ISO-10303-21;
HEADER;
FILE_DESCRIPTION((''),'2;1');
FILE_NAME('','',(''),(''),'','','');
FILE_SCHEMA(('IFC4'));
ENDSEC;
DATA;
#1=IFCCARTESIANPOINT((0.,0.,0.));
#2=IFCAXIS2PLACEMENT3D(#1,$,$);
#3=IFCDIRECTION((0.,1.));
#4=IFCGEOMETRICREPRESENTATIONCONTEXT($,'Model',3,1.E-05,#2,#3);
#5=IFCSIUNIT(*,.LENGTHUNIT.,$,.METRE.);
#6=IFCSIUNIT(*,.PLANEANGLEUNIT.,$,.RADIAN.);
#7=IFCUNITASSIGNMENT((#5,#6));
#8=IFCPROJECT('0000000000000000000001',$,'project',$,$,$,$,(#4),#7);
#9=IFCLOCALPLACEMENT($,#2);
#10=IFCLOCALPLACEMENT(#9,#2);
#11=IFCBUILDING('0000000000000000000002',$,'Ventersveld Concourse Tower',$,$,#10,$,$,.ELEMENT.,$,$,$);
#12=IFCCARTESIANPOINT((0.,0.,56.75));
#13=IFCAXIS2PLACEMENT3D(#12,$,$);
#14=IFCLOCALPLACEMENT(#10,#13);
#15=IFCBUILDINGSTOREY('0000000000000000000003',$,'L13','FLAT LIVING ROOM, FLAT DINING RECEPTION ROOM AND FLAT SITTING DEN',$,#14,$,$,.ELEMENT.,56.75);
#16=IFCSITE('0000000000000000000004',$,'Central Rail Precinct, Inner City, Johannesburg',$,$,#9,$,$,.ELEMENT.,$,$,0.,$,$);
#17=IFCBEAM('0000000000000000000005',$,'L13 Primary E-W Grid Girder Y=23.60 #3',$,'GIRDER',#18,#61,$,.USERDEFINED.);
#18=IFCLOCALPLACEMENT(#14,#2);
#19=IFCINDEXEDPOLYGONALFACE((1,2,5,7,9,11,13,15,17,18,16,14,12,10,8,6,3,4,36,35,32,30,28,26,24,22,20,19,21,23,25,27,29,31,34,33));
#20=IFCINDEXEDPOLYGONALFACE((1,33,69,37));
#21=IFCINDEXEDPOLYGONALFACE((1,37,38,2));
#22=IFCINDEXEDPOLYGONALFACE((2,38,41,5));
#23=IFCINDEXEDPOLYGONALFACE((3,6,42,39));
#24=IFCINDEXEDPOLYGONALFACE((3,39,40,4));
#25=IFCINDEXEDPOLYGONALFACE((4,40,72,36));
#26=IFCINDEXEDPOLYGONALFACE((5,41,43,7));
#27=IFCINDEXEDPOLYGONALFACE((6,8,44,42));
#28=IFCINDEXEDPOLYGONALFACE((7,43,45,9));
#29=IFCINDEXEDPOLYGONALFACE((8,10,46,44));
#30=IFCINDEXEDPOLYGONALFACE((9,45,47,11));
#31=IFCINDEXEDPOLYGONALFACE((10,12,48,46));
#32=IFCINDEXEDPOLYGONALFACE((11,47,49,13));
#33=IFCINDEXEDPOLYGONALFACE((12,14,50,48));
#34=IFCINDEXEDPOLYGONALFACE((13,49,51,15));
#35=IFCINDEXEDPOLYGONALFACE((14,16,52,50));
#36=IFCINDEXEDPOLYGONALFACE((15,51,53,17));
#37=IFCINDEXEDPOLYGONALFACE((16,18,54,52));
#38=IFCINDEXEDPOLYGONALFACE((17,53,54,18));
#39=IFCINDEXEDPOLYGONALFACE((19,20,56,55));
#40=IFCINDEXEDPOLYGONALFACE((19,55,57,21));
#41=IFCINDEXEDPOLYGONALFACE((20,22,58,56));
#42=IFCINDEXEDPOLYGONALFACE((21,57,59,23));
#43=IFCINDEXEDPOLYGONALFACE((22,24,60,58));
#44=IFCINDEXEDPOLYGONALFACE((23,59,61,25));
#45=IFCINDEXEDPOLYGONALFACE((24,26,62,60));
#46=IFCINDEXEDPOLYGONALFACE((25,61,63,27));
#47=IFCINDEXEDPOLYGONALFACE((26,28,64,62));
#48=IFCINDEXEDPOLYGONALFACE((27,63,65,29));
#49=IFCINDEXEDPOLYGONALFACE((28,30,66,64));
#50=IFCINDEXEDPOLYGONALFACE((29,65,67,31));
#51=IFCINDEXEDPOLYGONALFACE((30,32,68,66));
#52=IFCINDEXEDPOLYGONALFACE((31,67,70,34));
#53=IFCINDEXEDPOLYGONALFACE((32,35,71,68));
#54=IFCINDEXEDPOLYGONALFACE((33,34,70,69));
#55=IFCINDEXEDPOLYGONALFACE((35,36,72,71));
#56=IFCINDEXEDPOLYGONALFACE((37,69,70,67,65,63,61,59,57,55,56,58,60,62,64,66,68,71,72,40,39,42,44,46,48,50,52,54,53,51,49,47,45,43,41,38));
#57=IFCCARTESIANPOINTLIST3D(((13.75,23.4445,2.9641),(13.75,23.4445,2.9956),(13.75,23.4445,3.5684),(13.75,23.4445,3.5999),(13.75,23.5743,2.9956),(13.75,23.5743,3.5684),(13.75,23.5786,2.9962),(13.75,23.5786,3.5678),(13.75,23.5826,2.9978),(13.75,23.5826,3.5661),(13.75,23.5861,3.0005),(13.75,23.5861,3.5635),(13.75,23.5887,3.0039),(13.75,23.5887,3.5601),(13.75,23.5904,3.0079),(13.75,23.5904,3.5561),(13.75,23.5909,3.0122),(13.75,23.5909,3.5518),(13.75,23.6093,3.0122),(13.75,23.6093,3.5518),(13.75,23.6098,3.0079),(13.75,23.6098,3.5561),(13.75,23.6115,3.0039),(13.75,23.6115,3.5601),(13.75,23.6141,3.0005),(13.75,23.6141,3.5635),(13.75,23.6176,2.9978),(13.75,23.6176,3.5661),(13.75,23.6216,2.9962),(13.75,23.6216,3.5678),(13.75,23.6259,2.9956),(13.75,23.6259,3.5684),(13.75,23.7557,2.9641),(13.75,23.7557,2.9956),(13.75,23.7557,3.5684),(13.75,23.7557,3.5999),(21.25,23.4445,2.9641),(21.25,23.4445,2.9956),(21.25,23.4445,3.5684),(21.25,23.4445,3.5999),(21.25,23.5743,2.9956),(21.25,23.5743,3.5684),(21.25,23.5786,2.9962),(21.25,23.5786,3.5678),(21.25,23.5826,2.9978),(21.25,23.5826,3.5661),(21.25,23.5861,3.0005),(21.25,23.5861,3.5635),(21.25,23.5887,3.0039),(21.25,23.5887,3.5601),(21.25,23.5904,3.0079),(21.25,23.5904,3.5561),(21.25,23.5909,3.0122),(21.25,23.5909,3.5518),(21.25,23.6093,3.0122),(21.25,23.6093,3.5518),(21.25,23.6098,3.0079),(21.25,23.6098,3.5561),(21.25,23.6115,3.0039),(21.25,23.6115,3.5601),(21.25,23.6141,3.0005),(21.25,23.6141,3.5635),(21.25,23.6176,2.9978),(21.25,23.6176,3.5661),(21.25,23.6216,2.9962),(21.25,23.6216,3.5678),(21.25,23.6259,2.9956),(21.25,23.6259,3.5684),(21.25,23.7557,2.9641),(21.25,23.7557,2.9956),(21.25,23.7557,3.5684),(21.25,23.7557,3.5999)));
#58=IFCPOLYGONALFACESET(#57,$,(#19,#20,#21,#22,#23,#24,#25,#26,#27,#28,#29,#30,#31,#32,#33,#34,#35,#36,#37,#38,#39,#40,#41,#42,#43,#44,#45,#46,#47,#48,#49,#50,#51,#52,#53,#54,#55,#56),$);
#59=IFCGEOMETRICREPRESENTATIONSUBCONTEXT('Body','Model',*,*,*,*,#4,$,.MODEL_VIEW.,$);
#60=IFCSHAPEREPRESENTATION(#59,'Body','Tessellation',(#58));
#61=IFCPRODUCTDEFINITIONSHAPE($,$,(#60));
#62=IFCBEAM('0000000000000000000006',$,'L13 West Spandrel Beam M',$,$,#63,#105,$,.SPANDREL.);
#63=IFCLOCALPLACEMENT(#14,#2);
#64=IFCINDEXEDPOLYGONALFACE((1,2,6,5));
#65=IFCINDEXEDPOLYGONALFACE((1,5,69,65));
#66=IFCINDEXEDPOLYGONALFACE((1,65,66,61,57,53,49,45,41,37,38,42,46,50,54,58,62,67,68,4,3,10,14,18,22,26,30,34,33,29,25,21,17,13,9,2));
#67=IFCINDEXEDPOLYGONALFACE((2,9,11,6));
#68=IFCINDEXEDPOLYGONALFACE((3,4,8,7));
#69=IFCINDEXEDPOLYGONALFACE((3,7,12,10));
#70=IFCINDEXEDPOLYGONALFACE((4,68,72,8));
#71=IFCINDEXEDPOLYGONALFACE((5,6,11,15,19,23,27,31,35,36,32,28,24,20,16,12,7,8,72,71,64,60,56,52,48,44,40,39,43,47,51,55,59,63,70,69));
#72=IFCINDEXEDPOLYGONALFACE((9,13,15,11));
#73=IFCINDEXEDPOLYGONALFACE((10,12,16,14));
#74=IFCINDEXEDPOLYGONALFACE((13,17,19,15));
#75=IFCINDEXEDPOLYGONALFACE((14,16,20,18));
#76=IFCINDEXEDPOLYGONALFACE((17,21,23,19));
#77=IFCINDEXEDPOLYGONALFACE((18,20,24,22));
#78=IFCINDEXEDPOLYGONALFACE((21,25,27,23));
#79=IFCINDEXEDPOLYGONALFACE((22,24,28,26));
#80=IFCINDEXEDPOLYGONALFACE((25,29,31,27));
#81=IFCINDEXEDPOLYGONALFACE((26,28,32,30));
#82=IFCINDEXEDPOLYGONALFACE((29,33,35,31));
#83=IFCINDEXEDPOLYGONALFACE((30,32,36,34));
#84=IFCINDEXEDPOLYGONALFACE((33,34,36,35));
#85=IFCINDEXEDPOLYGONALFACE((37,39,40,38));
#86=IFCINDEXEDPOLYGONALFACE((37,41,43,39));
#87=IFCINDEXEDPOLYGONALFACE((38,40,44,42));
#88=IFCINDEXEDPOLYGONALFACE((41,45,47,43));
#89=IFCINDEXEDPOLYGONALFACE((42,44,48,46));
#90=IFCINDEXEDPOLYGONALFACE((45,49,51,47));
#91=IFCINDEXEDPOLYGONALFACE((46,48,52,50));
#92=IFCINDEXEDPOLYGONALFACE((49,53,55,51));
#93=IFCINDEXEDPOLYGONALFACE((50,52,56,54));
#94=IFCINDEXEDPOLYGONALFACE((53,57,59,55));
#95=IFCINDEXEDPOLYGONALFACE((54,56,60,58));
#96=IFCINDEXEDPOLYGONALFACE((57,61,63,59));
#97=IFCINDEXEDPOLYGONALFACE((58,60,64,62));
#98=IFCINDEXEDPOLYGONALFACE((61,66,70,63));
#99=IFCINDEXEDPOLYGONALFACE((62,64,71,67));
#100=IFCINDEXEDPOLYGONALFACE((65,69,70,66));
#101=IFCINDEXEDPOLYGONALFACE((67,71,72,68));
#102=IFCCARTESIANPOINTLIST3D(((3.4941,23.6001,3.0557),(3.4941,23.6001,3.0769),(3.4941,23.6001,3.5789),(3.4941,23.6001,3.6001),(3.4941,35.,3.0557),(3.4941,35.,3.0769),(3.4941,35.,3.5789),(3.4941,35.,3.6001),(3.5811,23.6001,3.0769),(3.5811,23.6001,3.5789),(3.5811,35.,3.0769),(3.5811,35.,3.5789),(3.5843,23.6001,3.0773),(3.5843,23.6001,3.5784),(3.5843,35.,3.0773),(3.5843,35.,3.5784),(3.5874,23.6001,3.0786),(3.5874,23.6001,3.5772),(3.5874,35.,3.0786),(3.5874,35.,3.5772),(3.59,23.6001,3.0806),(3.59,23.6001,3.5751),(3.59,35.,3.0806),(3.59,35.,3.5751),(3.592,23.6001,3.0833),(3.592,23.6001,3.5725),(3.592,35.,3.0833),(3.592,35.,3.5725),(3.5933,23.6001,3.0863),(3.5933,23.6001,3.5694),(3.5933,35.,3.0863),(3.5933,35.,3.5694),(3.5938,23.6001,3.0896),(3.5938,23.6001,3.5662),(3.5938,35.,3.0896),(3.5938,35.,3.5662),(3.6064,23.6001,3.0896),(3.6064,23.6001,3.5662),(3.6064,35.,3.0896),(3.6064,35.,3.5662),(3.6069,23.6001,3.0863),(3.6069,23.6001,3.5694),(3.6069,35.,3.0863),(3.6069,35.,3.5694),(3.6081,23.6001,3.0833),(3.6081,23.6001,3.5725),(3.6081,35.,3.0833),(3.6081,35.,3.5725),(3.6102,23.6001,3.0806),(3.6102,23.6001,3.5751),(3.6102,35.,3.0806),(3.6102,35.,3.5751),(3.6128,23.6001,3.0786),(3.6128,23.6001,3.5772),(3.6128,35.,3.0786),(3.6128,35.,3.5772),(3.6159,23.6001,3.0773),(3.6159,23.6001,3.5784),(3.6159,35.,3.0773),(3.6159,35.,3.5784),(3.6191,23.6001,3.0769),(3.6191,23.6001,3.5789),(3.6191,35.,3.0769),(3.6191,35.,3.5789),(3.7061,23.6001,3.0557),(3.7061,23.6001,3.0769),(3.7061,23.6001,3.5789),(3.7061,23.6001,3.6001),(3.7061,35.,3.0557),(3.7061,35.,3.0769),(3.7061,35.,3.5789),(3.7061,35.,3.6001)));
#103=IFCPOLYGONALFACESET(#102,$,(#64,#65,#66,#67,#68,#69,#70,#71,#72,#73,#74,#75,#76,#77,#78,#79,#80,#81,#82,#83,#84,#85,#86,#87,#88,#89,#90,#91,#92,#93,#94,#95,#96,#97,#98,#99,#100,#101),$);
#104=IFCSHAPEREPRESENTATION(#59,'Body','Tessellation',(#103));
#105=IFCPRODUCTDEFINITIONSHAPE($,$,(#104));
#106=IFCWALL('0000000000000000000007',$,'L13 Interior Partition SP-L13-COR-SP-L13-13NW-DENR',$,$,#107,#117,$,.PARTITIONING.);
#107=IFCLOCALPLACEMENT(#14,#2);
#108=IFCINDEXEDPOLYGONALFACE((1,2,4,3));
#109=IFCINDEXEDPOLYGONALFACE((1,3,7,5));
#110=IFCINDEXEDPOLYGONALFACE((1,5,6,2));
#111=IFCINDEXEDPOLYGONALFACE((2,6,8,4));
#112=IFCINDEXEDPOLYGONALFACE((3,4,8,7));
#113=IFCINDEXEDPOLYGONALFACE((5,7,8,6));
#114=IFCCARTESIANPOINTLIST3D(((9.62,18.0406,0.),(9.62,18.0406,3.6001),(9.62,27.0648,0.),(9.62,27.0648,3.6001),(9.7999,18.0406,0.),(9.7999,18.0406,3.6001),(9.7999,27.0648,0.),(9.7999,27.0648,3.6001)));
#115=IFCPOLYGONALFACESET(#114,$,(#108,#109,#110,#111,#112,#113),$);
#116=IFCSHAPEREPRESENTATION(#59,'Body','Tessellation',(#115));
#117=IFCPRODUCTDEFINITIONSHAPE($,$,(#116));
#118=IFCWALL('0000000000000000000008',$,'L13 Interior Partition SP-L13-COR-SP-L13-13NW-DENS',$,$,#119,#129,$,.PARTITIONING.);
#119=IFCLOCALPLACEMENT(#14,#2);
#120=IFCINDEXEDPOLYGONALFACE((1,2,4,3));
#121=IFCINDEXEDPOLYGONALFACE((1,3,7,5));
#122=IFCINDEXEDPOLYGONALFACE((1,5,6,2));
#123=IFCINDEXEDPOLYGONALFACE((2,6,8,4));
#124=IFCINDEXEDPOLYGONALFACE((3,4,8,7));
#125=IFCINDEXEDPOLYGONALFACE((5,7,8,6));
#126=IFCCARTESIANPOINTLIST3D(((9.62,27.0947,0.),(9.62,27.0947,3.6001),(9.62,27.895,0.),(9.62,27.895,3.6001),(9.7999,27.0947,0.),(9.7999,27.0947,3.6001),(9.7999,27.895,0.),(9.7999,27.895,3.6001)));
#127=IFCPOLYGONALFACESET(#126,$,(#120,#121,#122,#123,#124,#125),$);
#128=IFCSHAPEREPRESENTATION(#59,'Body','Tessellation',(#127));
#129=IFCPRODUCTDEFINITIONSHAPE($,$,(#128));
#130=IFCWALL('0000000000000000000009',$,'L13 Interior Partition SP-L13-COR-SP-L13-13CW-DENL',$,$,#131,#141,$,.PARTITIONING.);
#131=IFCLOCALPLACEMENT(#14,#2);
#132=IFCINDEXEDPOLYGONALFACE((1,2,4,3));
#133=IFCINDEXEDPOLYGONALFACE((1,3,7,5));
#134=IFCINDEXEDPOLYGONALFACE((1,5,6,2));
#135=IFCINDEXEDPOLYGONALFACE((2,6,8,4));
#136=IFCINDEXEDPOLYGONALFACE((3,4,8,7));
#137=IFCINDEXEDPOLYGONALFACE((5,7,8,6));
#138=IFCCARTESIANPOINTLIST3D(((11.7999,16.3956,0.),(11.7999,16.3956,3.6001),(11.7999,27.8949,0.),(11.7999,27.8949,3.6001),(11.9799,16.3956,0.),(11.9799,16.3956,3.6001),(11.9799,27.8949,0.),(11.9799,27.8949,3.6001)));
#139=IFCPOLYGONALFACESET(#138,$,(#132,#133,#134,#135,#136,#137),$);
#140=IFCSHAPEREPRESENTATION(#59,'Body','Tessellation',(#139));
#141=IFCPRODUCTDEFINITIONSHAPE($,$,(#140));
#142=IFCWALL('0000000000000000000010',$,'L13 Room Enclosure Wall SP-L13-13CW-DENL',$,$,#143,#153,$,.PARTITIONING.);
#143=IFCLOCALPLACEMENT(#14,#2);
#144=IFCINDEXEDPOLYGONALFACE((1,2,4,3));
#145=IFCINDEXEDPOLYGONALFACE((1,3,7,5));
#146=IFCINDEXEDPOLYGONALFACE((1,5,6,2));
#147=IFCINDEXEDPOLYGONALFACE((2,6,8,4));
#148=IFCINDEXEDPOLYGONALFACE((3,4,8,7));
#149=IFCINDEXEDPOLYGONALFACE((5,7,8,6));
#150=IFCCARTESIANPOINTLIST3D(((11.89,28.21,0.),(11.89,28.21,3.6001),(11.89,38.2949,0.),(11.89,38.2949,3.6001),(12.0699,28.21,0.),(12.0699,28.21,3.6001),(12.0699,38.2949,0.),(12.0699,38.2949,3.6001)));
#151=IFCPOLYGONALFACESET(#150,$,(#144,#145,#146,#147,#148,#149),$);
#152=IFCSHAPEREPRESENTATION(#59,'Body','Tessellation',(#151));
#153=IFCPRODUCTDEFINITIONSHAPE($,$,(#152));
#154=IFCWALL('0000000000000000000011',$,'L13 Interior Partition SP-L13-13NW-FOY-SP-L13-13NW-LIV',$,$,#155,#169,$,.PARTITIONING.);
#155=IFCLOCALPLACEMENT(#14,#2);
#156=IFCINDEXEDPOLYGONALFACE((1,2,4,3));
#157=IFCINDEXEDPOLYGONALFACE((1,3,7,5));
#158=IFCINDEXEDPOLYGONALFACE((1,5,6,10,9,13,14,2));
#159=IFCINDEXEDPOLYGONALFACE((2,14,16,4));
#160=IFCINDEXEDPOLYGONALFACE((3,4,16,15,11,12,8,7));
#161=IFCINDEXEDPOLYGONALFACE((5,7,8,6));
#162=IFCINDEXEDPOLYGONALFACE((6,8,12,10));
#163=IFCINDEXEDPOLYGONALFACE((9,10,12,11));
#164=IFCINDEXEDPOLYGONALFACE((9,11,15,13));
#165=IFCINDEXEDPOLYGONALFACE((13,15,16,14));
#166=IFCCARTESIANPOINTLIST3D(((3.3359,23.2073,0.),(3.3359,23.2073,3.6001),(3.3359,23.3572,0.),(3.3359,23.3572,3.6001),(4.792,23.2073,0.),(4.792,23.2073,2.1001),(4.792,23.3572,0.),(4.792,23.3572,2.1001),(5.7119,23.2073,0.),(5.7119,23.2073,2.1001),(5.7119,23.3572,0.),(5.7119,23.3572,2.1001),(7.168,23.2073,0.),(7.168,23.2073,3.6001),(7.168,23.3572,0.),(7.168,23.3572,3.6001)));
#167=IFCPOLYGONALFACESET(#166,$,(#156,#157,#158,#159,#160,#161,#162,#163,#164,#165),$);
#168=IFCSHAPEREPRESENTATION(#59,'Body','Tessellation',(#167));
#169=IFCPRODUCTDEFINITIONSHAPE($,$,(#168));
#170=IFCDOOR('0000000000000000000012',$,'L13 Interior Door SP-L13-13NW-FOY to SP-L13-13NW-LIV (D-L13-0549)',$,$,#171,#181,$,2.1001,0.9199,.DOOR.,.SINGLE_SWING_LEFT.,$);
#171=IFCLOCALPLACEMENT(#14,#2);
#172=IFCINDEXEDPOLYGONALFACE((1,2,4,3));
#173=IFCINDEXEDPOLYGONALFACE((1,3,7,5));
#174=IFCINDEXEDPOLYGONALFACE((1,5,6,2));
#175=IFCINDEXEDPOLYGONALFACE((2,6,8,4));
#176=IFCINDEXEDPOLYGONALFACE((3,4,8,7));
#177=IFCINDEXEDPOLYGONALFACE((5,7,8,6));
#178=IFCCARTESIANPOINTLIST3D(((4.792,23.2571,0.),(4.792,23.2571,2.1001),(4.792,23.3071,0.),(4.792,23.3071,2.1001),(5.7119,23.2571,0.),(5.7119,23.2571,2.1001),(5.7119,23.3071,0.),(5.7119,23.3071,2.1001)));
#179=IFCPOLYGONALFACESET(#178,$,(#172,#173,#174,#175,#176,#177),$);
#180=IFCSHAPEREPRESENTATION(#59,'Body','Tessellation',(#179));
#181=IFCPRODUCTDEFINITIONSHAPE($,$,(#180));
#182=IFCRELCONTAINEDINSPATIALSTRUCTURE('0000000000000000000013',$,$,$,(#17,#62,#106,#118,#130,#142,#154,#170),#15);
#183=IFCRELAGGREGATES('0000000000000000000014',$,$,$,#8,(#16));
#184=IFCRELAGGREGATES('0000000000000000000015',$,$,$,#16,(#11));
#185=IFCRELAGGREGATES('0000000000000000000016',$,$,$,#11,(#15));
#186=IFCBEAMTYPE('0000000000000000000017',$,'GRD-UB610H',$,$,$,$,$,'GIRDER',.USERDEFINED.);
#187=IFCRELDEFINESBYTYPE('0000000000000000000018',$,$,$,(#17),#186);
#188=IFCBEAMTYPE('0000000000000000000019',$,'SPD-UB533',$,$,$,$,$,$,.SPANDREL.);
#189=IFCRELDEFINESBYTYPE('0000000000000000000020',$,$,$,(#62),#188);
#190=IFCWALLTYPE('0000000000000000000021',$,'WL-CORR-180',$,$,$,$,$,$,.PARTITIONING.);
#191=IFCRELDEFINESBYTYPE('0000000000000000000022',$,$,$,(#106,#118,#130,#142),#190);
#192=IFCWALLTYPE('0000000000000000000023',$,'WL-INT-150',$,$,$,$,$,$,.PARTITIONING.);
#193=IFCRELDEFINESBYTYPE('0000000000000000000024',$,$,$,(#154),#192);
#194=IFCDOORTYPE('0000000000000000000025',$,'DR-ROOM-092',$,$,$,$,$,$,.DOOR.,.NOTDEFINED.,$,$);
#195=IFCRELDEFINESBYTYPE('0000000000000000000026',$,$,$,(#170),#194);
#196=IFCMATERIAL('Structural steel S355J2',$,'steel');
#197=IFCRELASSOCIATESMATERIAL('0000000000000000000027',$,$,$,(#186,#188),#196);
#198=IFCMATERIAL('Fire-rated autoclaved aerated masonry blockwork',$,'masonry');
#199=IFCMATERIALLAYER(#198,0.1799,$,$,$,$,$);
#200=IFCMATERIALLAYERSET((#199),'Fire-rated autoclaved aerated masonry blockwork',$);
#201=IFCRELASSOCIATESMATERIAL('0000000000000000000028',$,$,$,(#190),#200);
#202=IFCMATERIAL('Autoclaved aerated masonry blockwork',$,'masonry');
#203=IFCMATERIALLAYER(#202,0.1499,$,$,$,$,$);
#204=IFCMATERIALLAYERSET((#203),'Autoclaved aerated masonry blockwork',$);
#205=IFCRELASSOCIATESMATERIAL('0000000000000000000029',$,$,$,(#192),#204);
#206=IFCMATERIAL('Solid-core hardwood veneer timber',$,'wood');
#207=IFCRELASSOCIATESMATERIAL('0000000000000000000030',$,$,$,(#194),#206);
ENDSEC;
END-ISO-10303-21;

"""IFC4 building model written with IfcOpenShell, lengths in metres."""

from ifc_helpers import new_model, si_unit, direction, frame, frame_2d, origin, origin_2d, place, context, subcontext, project, spatial, rectangle, i_section, extrude, material, layer, layer_set, material_profile, profile_set, type_object, element, fill, save


model = new_model("IFC4")

# Units and contexts
model_context = context("Model", 3, precision=1e-05, world=origin(), true_north=direction((0.0, 1.0)))
body_context = subcontext(model_context, "Body", "Model", "MODEL_VIEW")
ifc_project = project(units=[si_unit("LENGTHUNIT", "METRE"), si_unit("PLANEANGLEUNIT", "RADIAN")], contexts=[model_context])

# Site, building, storey
site_placement = place(None, origin())
site = spatial("IfcSite", under=ifc_project, at=site_placement, Name="Central Rail Precinct, Inner City, Johannesburg", CompositionType="ELEMENT", RefElevation=0.0)
building_placement = place(site_placement, origin())
building = spatial("IfcBuilding", under=site, at=building_placement, Name="Ventersveld Concourse Tower", CompositionType="ELEMENT")
storey_placement = place(building_placement, frame((0.0, 0.0, 56.75)))
storey = spatial("IfcBuildingStorey", under=building, at=storey_placement, Name="L13", Description="FLAT LIVING ROOM, FLAT DINING RECEPTION ROOM AND FLAT SITTING DEN", CompositionType="ELEMENT", Elevation=56.75)

# Beams
ifc_material_1 = material(Name="Structural steel S355J2", Category="steel")
ifc_material_profile_1 = material_profile(ifc_material_1, i_section(OverallWidth=0.3113, OverallDepth=0.6357, WebThickness=0.0183, FlangeThickness=0.0315, FilletRadius=0.0166, at=origin_2d()), Name="UB 610x305x238")
ifc_profile_set_1 = profile_set([ifc_material_profile_1], Name="Structural steel S355J2")
beam_type_1 = type_object("IfcBeamType", Name="GRD-UB610H", ElementType="GIRDER", PredefinedType="USERDEFINED", material=ifc_profile_set_1)
beam_1_placement = place(storey_placement, frame((13.75, 23.6001, 3.282), z_axis=(1.0, 0.0, 0.0), x_axis=(0.0, 1.0, 0.0)))
element("IfcBeam", 1, at=beam_1_placement, inside=storey, type_object=beam_type_1, Name="L13 Primary E-W Grid Girder Y=23.60 #3", ObjectType="GIRDER", PredefinedType="USERDEFINED", context=body_context, shape_type="SweptSolid", body=[
    extrude(i_section(OverallWidth=0.3113, OverallDepth=0.6357, WebThickness=0.0183, FlangeThickness=0.0315, FilletRadius=0.0166, at=origin_2d()), origin(), (0.0, 0.0, 1.0), 7.5),
])
ifc_material_profile_2 = material_profile(ifc_material_1, i_section(OverallWidth=0.2119, OverallDepth=0.5444, WebThickness=0.0127, FlangeThickness=0.0212, FilletRadius=0.0127, at=origin_2d()), Name="UB 533x210x122")
ifc_profile_set_2 = profile_set([ifc_material_profile_2], Name="Structural steel S355J2")
beam_type_2 = type_object("IfcBeamType", Name="SPD-UB533", PredefinedType="SPANDREL", material=ifc_profile_set_2)
beam_2_placement = place(storey_placement, frame((3.6001, 23.6001, 3.3279), z_axis=(0.0, 1.0, 0.0), x_axis=(-1.0, 0.0, 0.0)))
element("IfcBeam", 2, at=beam_2_placement, inside=storey, type_object=beam_type_2, Name="L13 West Spandrel Beam M", PredefinedType="SPANDREL", context=body_context, shape_type="SweptSolid", body=[
    extrude(i_section(OverallWidth=0.2119, OverallDepth=0.5444, WebThickness=0.0127, FlangeThickness=0.0212, FilletRadius=0.0127, at=origin_2d()), origin(), (0.0, 0.0, 1.0), 11.3999),
])

# Walls
ifc_material_2 = material(Name="Fire-rated autoclaved aerated masonry blockwork", Category="masonry")
ifc_layer_1 = layer(ifc_material_2, 0.1799)
ifc_layer_set_1 = layer_set([ifc_layer_1], Name="Fire-rated autoclaved aerated masonry blockwork")
wall_type_1 = type_object("IfcWallType", Name="WL-CORR-180", PredefinedType="PARTITIONING", material=ifc_layer_set_1)
wall_1_placement = place(storey_placement, frame((9.71, 18.0405, 0.0), z_axis=(0.0, 0.0, 1.0), x_axis=(0.0, 1.0, 0.0)))
element("IfcWall", 3, at=wall_1_placement, inside=storey, type_object=wall_type_1, Name="L13 Interior Partition SP-L13-COR-SP-L13-13NW-DENR", PredefinedType="PARTITIONING", context=body_context, shape_type="SweptSolid", body=[
    extrude(rectangle(XDim=9.0242, YDim=0.1799, at=frame_2d((4.5122, 0.0))), origin(), (0.0, 0.0, 1.0), 3.6001),
])
wall_2_placement = place(storey_placement, frame((9.71, 27.0947, 0.0), z_axis=(0.0, 0.0, 1.0), x_axis=(0.0, 1.0, 0.0)))
element("IfcWall", 4, at=wall_2_placement, inside=storey, type_object=wall_type_1, Name="L13 Interior Partition SP-L13-COR-SP-L13-13NW-DENS", PredefinedType="PARTITIONING", context=body_context, shape_type="SweptSolid", body=[
    extrude(rectangle(XDim=0.8003, YDim=0.1799, at=frame_2d((0.4001, 0.0))), origin(), (0.0, 0.0, 1.0), 3.6001),
])
wall_3_placement = place(storey_placement, frame((11.8899, 16.3958, 0.0), z_axis=(0.0, 0.0, 1.0), x_axis=(0.0, 1.0, 0.0)))
element("IfcWall", 5, at=wall_3_placement, inside=storey, type_object=wall_type_1, Name="L13 Interior Partition SP-L13-COR-SP-L13-13CW-DENL", PredefinedType="PARTITIONING", context=body_context, shape_type="SweptSolid", body=[
    extrude(rectangle(XDim=11.4993, YDim=0.1799, at=frame_2d((5.7495, 0.0))), origin(), (0.0, 0.0, 1.0), 3.6001),
])
wall_4_placement = place(storey_placement, frame((11.98, 28.21, 0.0), z_axis=(0.0, 0.0, 1.0), x_axis=(0.0, 1.0, 0.0)))
element("IfcWall", 6, at=wall_4_placement, inside=storey, type_object=wall_type_1, Name="L13 Room Enclosure Wall SP-L13-13CW-DENL", PredefinedType="PARTITIONING", context=body_context, shape_type="SweptSolid", body=[
    extrude(rectangle(XDim=10.085, YDim=0.1799, at=frame_2d((5.0425, 0.0))), origin(), (0.0, 0.0, 1.0), 3.6001),
])

# Wall, opening, door
ifc_material_3 = material(Name="Autoclaved aerated masonry blockwork", Category="masonry")
ifc_layer_2 = layer(ifc_material_3, 0.1499)
ifc_layer_set_2 = layer_set([ifc_layer_2], Name="Autoclaved aerated masonry blockwork")
wall_type_2 = type_object("IfcWallType", Name="WL-INT-150", PredefinedType="PARTITIONING", material=ifc_layer_set_2)
wall_5_placement = place(storey_placement, frame((3.3359, 23.2822, 0.0), z_axis=(0.0, 0.0, 1.0), x_axis=(1.0, 0.0, 0.0)))
wall_5 = element("IfcWall", 7, at=wall_5_placement, inside=storey, type_object=wall_type_2, Name="L13 Interior Partition SP-L13-13NW-FOY-SP-L13-13NW-LIV", PredefinedType="PARTITIONING", context=body_context, shape_type="SweptSolid", body=[
    extrude(rectangle(XDim=3.832, YDim=0.1499, at=frame_2d((1.916, 0.0))), origin(), (0.0, 0.0, 1.0), 3.6001),
])
opening_1_placement = place(wall_5_placement, frame((1.4561, 0.0, 0.0)))
opening_1 = element("IfcOpeningElement", 8, at=opening_1_placement, cuts=wall_5, PredefinedType="OPENING", context=body_context, shape_type="SweptSolid", body=[
    extrude(rectangle(XDim=0.9199, YDim=2.1001, at=frame_2d((0.46, 1.05))), frame((0.0, 0.085, 0.0), z_axis=(0.0, -1.0, 0.0), x_axis=(1.0, 0.0, 0.0)), (0.0, 0.0, 1.0), 0.1699),
])
ifc_material_4 = material(Name="Solid-core hardwood veneer timber", Category="wood")
door_type = type_object("IfcDoorType", Name="DR-ROOM-092", OperationType="NOTDEFINED", PredefinedType="DOOR", material=ifc_material_4)
door_1_placement = place(opening_1_placement, origin())
door_1 = element("IfcDoor", 9, at=door_1_placement, inside=storey, type_object=door_type, Name="L13 Interior Door SP-L13-13NW-FOY to SP-L13-13NW-LIV (D-L13-0549)", OperationType="SINGLE_SWING_LEFT", OverallHeight=2.1001, OverallWidth=0.9199, PredefinedType="DOOR", context=body_context, shape_type="SweptSolid", body=[
    extrude(rectangle(XDim=0.9199, YDim=2.1001, at=frame_2d((0.46, 1.05))), frame((0.0, 0.0249, 0.0), z_axis=(0.0, -1.0, 0.0), x_axis=(1.0, 0.0, 0.0)), (0.0, 0.0, 1.0), 0.05),
])
fill(opening_1, door_1)

save(model, "model.ifc")
